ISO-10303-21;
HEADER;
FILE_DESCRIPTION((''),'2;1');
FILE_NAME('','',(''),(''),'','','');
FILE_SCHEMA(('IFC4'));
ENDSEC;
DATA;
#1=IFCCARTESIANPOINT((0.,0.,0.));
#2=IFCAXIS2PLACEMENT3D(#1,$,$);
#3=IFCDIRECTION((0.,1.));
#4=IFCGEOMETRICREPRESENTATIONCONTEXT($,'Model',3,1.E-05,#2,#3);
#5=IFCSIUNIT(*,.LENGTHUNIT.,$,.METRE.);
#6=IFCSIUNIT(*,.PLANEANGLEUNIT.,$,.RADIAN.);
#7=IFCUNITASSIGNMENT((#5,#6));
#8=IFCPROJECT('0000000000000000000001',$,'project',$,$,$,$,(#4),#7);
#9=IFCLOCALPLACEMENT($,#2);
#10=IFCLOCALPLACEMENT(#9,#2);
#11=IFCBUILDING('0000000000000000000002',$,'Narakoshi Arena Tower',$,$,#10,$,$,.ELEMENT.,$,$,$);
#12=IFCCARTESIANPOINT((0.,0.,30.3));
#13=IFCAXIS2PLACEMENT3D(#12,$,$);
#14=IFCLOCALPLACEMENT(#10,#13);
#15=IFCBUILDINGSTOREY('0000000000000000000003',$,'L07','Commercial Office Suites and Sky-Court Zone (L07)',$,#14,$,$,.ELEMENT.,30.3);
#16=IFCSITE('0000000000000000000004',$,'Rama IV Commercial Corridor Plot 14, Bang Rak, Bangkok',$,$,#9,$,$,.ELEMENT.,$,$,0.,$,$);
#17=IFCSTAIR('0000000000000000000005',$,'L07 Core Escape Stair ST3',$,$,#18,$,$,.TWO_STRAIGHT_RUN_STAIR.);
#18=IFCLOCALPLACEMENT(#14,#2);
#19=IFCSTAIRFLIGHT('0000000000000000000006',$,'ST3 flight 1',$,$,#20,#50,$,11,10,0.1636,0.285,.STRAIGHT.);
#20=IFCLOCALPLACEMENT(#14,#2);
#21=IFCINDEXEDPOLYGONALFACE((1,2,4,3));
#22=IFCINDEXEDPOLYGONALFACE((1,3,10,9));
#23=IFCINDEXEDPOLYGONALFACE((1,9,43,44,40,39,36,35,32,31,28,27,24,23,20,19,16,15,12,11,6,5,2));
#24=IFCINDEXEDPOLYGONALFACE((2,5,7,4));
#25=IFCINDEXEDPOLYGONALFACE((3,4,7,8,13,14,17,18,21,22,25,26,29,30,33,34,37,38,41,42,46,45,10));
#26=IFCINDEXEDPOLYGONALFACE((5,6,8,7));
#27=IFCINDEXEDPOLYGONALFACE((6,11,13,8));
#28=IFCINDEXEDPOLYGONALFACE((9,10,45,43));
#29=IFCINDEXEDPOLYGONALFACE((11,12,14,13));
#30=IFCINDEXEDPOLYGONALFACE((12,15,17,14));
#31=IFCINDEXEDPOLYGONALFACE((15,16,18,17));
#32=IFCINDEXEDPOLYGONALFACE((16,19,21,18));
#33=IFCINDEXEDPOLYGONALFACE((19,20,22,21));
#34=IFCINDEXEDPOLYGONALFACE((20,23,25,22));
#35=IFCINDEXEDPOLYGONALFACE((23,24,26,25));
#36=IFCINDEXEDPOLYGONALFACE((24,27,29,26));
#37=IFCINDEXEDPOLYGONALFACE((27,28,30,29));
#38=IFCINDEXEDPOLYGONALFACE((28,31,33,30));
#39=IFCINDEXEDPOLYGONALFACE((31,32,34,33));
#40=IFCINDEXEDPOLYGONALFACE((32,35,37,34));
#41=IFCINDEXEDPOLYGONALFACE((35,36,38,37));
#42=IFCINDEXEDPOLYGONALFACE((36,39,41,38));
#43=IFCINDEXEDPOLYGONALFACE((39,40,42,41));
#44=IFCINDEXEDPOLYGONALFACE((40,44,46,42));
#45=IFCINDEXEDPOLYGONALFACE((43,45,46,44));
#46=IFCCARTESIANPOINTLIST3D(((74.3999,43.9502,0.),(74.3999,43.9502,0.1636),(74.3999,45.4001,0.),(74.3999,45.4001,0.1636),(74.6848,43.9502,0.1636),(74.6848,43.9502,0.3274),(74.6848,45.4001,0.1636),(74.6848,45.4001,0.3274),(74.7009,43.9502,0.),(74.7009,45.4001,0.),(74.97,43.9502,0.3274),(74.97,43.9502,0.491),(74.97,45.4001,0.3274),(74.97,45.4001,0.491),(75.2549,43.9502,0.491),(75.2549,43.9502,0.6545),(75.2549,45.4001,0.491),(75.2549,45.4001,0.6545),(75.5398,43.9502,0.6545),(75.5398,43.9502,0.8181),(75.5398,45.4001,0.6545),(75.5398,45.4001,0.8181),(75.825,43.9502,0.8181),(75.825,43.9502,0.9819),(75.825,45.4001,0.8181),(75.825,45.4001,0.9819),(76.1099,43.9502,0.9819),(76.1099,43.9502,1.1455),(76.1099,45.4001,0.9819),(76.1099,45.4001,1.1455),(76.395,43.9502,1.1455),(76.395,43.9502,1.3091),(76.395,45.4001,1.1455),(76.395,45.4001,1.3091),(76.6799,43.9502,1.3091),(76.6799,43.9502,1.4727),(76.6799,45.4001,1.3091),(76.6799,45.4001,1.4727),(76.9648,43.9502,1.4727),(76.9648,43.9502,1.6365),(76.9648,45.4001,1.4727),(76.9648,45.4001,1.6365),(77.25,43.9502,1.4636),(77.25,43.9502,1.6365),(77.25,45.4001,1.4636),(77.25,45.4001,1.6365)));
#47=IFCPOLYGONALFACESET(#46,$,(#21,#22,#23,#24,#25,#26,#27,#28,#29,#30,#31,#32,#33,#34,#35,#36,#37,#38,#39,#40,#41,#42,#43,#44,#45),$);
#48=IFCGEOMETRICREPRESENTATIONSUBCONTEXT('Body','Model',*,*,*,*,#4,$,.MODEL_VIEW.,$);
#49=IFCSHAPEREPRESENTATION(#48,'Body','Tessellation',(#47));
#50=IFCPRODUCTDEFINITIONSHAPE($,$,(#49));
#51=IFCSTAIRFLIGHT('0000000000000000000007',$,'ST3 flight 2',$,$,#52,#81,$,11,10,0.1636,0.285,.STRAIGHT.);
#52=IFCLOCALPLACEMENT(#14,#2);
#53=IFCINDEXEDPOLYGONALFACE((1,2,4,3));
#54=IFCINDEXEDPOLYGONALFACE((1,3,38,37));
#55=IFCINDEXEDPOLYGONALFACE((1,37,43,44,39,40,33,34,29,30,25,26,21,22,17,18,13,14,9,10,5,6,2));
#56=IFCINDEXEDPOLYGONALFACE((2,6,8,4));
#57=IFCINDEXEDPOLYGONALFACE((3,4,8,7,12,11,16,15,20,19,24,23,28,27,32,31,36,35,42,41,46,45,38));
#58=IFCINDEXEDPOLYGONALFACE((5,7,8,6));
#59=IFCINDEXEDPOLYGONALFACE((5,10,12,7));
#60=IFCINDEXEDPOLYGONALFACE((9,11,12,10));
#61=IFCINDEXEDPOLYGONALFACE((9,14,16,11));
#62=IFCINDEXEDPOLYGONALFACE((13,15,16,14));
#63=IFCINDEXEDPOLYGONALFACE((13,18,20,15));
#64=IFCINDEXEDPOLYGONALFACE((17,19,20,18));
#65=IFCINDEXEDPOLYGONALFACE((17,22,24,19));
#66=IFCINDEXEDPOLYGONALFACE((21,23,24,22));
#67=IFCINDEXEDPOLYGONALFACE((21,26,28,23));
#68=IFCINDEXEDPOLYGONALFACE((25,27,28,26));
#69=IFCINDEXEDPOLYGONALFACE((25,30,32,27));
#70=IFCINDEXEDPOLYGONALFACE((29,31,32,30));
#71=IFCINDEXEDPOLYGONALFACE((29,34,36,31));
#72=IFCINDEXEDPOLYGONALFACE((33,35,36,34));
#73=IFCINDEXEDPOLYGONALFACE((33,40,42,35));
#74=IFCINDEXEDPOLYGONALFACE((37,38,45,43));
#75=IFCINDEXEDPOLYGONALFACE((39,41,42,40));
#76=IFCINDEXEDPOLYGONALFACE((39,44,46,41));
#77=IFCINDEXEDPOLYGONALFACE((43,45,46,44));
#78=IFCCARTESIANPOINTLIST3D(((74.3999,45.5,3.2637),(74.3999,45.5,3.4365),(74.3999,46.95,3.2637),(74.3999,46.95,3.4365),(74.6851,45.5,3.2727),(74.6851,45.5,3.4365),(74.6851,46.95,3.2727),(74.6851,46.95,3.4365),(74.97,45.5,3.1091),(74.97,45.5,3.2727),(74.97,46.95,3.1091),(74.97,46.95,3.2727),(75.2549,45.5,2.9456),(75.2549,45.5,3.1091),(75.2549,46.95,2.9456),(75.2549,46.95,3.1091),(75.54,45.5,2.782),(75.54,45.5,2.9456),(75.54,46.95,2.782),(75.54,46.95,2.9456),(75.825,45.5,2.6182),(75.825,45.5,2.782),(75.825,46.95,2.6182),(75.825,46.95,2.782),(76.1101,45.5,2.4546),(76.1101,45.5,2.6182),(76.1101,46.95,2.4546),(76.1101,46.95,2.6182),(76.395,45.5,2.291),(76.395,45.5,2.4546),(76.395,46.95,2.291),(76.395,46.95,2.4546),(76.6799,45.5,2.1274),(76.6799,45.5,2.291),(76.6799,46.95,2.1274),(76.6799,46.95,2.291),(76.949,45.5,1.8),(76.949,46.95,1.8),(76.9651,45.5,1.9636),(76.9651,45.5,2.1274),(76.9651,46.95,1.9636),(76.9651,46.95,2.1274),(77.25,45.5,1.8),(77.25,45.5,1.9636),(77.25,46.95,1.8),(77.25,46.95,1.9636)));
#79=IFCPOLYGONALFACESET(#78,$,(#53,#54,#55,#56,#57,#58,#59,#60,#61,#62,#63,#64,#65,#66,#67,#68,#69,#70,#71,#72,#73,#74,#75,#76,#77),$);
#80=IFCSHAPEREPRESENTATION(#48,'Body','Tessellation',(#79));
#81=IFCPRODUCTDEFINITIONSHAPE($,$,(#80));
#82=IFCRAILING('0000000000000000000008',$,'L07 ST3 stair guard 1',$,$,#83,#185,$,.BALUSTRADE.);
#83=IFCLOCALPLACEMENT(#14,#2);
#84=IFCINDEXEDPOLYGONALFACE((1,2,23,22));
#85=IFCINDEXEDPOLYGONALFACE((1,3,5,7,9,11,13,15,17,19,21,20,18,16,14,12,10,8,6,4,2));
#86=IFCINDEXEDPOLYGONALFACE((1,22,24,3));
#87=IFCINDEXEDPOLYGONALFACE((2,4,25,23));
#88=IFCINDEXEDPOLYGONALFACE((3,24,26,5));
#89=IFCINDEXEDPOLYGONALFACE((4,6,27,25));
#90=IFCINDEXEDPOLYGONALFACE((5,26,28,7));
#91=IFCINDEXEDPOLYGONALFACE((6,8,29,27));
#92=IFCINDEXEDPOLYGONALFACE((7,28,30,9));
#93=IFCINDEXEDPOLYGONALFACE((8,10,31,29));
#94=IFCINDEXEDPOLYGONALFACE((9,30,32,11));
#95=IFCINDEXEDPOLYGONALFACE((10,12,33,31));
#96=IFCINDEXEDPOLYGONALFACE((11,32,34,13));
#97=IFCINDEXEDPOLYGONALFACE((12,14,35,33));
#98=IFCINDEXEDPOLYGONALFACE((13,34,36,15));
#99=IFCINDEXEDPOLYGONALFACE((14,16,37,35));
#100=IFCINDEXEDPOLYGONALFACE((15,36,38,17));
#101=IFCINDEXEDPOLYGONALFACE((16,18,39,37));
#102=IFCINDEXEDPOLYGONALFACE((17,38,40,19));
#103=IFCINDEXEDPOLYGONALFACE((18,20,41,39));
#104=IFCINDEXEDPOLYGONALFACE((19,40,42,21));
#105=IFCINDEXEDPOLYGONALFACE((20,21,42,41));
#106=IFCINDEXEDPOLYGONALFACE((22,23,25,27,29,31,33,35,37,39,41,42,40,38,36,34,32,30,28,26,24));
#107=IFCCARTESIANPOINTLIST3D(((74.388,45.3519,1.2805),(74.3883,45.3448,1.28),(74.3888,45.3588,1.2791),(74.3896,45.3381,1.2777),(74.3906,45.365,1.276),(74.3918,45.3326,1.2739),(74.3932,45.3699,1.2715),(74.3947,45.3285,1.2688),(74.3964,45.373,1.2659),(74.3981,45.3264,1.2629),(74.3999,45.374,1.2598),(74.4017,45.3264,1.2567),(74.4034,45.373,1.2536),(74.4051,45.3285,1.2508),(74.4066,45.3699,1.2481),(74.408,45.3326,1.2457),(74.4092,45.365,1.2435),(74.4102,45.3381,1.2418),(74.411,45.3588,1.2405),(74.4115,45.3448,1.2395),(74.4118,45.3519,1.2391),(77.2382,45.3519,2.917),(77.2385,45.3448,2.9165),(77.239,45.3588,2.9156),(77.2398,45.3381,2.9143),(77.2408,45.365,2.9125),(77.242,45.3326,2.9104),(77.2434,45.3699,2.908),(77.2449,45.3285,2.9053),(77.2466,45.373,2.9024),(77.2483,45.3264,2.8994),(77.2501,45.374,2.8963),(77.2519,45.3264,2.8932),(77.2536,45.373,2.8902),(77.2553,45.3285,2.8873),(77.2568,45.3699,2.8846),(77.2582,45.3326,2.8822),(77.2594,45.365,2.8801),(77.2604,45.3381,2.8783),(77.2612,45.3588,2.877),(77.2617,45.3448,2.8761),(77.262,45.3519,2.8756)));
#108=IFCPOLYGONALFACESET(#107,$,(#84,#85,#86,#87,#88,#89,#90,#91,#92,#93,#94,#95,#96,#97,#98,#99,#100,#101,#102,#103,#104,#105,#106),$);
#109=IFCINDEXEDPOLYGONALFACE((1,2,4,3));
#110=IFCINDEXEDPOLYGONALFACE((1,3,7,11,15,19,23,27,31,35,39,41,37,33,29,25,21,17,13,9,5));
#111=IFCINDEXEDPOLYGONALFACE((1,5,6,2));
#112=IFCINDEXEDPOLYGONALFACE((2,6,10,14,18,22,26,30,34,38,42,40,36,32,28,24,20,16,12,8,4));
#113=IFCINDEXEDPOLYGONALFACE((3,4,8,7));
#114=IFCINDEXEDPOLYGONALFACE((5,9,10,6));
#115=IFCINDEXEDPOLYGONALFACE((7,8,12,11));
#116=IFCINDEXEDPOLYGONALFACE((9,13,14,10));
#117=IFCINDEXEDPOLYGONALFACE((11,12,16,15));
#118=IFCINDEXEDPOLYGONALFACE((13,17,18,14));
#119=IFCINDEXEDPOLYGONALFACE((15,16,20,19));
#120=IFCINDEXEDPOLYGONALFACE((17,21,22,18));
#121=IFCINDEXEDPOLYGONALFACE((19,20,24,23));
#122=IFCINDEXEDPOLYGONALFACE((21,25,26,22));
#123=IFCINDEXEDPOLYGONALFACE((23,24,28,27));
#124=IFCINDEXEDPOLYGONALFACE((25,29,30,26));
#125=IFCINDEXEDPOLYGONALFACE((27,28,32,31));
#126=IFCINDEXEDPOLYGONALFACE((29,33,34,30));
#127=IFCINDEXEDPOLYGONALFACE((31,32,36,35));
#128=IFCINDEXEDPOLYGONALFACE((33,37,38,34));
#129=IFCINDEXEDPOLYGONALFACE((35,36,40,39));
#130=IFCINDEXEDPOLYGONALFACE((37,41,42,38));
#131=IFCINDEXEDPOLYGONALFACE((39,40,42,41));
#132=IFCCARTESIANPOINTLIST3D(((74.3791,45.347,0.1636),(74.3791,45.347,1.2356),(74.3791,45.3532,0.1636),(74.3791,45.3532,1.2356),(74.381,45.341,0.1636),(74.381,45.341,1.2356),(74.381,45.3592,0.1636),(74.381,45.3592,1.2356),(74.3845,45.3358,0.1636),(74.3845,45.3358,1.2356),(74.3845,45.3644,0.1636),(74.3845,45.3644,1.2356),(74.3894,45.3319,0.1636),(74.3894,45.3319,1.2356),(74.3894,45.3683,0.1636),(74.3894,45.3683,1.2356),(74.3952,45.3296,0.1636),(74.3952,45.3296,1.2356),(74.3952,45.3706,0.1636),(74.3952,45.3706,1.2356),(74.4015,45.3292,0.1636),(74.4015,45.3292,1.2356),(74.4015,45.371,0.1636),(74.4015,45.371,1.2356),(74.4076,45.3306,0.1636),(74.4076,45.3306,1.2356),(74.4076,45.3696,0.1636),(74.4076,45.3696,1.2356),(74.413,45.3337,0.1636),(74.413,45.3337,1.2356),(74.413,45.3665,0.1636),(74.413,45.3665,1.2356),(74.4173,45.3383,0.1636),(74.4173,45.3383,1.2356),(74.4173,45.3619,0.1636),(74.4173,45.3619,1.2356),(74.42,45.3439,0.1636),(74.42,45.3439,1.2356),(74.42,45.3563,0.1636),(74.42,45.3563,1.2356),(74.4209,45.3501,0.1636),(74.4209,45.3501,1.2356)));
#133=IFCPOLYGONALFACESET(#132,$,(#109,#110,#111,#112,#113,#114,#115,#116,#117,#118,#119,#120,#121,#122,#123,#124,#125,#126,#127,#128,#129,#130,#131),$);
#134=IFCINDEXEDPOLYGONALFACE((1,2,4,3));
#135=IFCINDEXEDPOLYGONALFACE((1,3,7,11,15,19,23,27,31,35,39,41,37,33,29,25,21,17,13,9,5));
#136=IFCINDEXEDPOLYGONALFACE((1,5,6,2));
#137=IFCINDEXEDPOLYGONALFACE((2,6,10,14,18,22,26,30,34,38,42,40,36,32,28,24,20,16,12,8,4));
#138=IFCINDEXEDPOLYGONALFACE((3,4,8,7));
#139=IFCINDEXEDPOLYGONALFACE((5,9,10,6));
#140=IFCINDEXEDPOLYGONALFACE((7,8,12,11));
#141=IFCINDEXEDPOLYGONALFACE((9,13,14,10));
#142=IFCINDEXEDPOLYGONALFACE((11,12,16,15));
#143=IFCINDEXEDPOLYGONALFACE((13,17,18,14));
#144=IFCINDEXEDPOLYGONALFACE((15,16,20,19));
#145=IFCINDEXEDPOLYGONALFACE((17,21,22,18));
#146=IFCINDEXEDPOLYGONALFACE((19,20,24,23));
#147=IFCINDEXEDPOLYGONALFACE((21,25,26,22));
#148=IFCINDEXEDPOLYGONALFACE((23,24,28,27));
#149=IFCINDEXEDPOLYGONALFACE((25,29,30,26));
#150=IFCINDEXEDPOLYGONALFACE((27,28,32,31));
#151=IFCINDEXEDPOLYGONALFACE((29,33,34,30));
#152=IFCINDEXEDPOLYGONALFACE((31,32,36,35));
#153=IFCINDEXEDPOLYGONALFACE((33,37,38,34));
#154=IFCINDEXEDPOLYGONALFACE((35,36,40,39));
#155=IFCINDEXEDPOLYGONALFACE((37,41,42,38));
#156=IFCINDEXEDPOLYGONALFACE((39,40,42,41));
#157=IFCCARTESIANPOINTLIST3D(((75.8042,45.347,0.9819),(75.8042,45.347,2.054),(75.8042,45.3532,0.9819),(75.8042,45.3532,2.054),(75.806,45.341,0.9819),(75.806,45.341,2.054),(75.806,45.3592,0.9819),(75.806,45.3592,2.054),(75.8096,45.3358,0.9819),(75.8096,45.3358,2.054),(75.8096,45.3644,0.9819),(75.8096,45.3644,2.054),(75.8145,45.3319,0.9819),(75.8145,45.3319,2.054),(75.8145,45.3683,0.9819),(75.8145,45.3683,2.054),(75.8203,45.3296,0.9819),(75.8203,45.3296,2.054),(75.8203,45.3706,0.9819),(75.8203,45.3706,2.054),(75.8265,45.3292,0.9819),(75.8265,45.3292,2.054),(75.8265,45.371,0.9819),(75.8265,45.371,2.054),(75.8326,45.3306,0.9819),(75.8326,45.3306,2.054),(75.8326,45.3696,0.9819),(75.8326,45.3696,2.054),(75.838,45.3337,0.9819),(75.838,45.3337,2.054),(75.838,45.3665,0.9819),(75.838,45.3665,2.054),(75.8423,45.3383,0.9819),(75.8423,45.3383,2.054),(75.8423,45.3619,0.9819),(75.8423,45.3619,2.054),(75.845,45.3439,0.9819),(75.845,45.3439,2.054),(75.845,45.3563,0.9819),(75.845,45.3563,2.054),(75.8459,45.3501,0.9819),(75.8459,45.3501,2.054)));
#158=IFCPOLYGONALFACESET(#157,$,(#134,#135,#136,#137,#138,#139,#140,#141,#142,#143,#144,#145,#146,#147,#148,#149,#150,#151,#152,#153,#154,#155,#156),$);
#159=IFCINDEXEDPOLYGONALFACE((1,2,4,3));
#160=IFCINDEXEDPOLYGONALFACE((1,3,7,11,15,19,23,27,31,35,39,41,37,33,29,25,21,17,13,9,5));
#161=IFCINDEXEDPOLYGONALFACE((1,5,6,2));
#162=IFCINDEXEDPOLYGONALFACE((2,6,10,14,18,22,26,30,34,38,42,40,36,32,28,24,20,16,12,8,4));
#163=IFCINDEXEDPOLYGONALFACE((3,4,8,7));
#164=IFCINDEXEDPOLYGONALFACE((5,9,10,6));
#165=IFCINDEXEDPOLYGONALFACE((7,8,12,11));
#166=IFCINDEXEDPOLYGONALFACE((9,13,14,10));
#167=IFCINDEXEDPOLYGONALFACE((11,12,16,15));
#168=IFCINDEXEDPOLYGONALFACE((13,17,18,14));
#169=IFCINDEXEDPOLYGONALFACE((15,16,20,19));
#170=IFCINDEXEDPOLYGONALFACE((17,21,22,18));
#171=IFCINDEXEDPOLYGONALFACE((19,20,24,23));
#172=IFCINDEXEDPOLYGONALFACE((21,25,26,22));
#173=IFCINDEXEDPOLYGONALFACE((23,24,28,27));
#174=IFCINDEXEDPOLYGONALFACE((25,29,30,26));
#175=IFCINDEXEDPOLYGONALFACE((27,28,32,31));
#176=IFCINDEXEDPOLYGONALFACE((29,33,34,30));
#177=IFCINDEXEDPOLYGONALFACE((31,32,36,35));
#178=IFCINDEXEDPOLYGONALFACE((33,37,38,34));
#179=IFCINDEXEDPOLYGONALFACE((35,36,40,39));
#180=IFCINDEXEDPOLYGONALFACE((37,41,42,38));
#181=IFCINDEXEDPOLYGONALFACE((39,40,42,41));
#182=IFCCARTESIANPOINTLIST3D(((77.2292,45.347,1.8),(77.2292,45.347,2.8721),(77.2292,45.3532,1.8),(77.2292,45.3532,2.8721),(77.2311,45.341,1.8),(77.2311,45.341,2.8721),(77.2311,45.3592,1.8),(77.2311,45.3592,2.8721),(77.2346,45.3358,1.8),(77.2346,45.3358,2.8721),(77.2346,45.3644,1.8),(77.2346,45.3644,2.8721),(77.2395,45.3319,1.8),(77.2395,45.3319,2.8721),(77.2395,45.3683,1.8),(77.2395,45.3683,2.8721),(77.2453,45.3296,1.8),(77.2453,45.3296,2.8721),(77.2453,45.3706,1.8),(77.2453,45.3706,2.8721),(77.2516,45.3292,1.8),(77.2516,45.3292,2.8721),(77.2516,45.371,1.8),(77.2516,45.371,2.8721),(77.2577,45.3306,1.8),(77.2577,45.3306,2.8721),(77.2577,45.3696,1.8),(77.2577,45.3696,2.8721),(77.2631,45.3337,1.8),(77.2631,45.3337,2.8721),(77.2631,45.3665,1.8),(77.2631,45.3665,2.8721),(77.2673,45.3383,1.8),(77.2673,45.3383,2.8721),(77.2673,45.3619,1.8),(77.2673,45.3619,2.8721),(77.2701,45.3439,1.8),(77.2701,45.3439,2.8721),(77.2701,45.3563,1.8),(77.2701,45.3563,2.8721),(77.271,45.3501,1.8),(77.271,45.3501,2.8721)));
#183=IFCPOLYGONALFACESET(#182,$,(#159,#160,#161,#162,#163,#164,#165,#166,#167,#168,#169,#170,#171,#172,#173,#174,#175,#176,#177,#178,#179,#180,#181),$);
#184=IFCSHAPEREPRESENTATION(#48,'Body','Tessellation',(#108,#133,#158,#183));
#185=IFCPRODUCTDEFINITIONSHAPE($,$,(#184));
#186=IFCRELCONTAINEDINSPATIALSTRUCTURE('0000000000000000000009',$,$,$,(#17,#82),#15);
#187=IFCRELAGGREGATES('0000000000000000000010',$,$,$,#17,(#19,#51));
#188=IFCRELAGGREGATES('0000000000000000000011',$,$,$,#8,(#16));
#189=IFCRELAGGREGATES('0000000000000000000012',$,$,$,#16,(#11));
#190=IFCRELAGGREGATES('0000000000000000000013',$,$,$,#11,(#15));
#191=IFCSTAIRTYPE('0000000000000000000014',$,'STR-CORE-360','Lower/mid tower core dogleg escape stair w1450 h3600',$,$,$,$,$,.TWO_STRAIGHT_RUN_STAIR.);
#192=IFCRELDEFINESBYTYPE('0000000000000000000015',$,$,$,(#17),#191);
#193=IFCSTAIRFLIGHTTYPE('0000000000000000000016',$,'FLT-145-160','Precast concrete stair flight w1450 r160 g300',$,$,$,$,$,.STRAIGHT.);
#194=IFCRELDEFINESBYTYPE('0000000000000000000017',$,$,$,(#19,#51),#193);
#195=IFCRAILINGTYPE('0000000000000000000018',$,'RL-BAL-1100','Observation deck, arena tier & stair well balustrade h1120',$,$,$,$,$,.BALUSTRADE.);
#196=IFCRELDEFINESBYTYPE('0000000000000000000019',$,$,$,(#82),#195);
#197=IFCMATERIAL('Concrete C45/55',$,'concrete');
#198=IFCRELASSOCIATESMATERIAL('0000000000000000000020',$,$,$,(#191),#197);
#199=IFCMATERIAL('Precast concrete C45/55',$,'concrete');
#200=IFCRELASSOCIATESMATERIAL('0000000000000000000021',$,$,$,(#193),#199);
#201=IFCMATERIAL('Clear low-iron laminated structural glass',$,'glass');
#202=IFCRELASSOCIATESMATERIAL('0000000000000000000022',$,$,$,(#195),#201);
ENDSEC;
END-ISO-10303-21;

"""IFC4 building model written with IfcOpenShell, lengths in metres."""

from ifc_helpers import new_model, si_unit, direction, frame, origin, origin_2d, place, context, subcontext, project, spatial, polyline, circle, outline, extrude, material, type_object, element, aggregate, save


model = new_model("IFC4")

# Units and contexts
model_context = context("Model", 3, precision=1e-05, world=origin(), true_north=direction((0.0, 1.0)))
body_context = subcontext(model_context, "Body", "Model", "MODEL_VIEW")
ifc_project = project(units=[si_unit("LENGTHUNIT", "METRE"), si_unit("PLANEANGLEUNIT", "RADIAN")], contexts=[model_context])

# Site, building, storey
site_placement = place(None, origin())
site = spatial("IfcSite", under=ifc_project, at=site_placement, Name="Rama IV Commercial Corridor Plot 14, Bang Rak, Bangkok", CompositionType="ELEMENT", RefElevation=0.0)
building_placement = place(site_placement, origin())
building = spatial("IfcBuilding", under=site, at=building_placement, Name="Narakoshi Arena Tower", CompositionType="ELEMENT")
storey_placement = place(building_placement, frame((0.0, 0.0, 30.3)))
storey = spatial("IfcBuildingStorey", under=building, at=storey_placement, Name="L07", Description="Commercial Office Suites and Sky-Court Zone (L07)", CompositionType="ELEMENT", Elevation=30.3)

# Shared definitions
ifc_material_1 = material(Name="Concrete C45/55", Category="concrete")
stair_type = type_object("IfcStairType", Name="STR-CORE-360", Description="Lower/mid tower core dogleg escape stair w1450 h3600", PredefinedType="TWO_STRAIGHT_RUN_STAIR", material=ifc_material_1)
ifc_material_2 = material(Name="Precast concrete C45/55", Category="concrete")
stair_flight_type = type_object("IfcStairFlightType", Name="FLT-145-160", Description="Precast concrete stair flight w1450 r160 g300", PredefinedType="STRAIGHT", material=ifc_material_2)

# Stair, stair flights
stair_1_placement = place(storey_placement, origin())
stair_1 = element("IfcStair", 1, at=stair_1_placement, inside=storey, type_object=stair_type, Name="L07 Core Escape Stair ST3", PredefinedType="TWO_STRAIGHT_RUN_STAIR")
stair_flight_1_placement = place(storey_placement, frame((74.3999, 44.675, 0.0), z_axis=(0.0, 0.0, 1.0), x_axis=(1.0, 0.0, 0.0)))
stair_flight_1 = element("IfcStairFlight", 2, at=stair_flight_1_placement, type_object=stair_flight_type, Name="ST3 flight 1", NumberOfRisers=11, NumberOfTreads=10, PredefinedType="STRAIGHT", RiserHeight=0.1636, TreadLength=0.285, context=body_context, shape_type="SweptSolid", body=[
    extrude(outline(polyline([(0.0, 0.0), (0.0, 0.1636), (0.2849, 0.1636), (0.2849, 0.3274), (0.5701, 0.3274), (0.5701, 0.491), (0.855, 0.491), (0.855, 0.6545), (1.1399, 0.6545), (1.1399, 0.8181), (1.425, 0.8181), (1.425, 0.9819), (1.71, 0.9819), (1.71, 1.1455), (1.9951, 1.1455), (1.9951, 1.3091), (2.28, 1.3091), (2.28, 1.4727), (2.5649, 1.4727), (2.5649, 1.6365), (2.8501, 1.6365), (2.8501, 1.8), (2.8501, 1.4636), (0.301, 0.0), (0.0, 0.0)])), frame((0.0, 0.7251, 0.0), z_axis=(0.0, -1.0, 0.0), x_axis=(1.0, 0.0, 0.0)), (0.0, 0.0, 1.0), 1.45),
])
stair_flight_2_placement = place(storey_placement, frame((77.25, 46.2251, 1.8), z_axis=(0.0, 0.0, 1.0), x_axis=(-1.0, 0.0, 0.0)))
stair_flight_2 = element("IfcStairFlight", 3, at=stair_flight_2_placement, type_object=stair_flight_type, Name="ST3 flight 2", NumberOfRisers=11, NumberOfTreads=10, PredefinedType="STRAIGHT", RiserHeight=0.1636, TreadLength=0.285, context=body_context, shape_type="SweptSolid", body=[
    extrude(outline(polyline([(0.0, 0.0), (0.0, 0.1636), (0.2849, 0.1636), (0.2849, 0.3274), (0.5701, 0.3274), (0.5701, 0.491), (0.855, 0.491), (0.855, 0.6545), (1.1399, 0.6545), (1.1399, 0.8181), (1.425, 0.8181), (1.425, 0.9819), (1.71, 0.9819), (1.71, 1.1455), (1.9951, 1.1455), (1.9951, 1.3091), (2.28, 1.3091), (2.28, 1.4727), (2.5649, 1.4727), (2.5649, 1.6365), (2.8501, 1.6365), (2.8501, 1.8), (2.8501, 1.4636), (0.301, 0.0), (0.0, 0.0)])), frame((0.0, 0.7251, 0.0), z_axis=(0.0, -1.0, 0.0), x_axis=(1.0, 0.0, 0.0)), (0.0, 0.0, 1.0), 1.45),
])
aggregate(stair_1, [stair_flight_1, stair_flight_2])

# Railing
ifc_material_3 = material(Name="Clear low-iron laminated structural glass", Category="glass")
railing_type_1 = type_object("IfcRailingType", Name="RL-BAL-1100", Description="Observation deck, arena tier & stair well balustrade h1120", PredefinedType="BALUSTRADE", material=ifc_material_3)
railing_1_placement = place(storey_placement, frame((74.3999, 45.3501, 0.1636)))
element("IfcRailing", 4, at=railing_1_placement, inside=storey, type_object=railing_type_1, Name="L07 ST3 stair guard 1", PredefinedType="BALUSTRADE", context=body_context, shape_type="SweptSolid", body=[
    extrude(circle(Radius=0.0239, at=origin_2d()), frame((0.0, 0.0, 1.0962), z_axis=(0.867213, 0.0, 0.497938), x_axis=(0.0, 1.0, 0.0)), (0.0, 0.0, 1.0), 3.2866),
    extrude(circle(Radius=0.021, at=origin_2d()), origin(), (0.0, 0.0, 1.0), 1.072),
    extrude(circle(Radius=0.021, at=origin_2d()), frame((1.425, 0.0, 0.8184)), (0.0, 0.0, 1.0), 1.072),
    extrude(circle(Radius=0.021, at=origin_2d()), frame((2.8501, 0.0, 1.6365)), (0.0, 0.0, 1.0), 1.072),
])

save(model, "model.ifc")
